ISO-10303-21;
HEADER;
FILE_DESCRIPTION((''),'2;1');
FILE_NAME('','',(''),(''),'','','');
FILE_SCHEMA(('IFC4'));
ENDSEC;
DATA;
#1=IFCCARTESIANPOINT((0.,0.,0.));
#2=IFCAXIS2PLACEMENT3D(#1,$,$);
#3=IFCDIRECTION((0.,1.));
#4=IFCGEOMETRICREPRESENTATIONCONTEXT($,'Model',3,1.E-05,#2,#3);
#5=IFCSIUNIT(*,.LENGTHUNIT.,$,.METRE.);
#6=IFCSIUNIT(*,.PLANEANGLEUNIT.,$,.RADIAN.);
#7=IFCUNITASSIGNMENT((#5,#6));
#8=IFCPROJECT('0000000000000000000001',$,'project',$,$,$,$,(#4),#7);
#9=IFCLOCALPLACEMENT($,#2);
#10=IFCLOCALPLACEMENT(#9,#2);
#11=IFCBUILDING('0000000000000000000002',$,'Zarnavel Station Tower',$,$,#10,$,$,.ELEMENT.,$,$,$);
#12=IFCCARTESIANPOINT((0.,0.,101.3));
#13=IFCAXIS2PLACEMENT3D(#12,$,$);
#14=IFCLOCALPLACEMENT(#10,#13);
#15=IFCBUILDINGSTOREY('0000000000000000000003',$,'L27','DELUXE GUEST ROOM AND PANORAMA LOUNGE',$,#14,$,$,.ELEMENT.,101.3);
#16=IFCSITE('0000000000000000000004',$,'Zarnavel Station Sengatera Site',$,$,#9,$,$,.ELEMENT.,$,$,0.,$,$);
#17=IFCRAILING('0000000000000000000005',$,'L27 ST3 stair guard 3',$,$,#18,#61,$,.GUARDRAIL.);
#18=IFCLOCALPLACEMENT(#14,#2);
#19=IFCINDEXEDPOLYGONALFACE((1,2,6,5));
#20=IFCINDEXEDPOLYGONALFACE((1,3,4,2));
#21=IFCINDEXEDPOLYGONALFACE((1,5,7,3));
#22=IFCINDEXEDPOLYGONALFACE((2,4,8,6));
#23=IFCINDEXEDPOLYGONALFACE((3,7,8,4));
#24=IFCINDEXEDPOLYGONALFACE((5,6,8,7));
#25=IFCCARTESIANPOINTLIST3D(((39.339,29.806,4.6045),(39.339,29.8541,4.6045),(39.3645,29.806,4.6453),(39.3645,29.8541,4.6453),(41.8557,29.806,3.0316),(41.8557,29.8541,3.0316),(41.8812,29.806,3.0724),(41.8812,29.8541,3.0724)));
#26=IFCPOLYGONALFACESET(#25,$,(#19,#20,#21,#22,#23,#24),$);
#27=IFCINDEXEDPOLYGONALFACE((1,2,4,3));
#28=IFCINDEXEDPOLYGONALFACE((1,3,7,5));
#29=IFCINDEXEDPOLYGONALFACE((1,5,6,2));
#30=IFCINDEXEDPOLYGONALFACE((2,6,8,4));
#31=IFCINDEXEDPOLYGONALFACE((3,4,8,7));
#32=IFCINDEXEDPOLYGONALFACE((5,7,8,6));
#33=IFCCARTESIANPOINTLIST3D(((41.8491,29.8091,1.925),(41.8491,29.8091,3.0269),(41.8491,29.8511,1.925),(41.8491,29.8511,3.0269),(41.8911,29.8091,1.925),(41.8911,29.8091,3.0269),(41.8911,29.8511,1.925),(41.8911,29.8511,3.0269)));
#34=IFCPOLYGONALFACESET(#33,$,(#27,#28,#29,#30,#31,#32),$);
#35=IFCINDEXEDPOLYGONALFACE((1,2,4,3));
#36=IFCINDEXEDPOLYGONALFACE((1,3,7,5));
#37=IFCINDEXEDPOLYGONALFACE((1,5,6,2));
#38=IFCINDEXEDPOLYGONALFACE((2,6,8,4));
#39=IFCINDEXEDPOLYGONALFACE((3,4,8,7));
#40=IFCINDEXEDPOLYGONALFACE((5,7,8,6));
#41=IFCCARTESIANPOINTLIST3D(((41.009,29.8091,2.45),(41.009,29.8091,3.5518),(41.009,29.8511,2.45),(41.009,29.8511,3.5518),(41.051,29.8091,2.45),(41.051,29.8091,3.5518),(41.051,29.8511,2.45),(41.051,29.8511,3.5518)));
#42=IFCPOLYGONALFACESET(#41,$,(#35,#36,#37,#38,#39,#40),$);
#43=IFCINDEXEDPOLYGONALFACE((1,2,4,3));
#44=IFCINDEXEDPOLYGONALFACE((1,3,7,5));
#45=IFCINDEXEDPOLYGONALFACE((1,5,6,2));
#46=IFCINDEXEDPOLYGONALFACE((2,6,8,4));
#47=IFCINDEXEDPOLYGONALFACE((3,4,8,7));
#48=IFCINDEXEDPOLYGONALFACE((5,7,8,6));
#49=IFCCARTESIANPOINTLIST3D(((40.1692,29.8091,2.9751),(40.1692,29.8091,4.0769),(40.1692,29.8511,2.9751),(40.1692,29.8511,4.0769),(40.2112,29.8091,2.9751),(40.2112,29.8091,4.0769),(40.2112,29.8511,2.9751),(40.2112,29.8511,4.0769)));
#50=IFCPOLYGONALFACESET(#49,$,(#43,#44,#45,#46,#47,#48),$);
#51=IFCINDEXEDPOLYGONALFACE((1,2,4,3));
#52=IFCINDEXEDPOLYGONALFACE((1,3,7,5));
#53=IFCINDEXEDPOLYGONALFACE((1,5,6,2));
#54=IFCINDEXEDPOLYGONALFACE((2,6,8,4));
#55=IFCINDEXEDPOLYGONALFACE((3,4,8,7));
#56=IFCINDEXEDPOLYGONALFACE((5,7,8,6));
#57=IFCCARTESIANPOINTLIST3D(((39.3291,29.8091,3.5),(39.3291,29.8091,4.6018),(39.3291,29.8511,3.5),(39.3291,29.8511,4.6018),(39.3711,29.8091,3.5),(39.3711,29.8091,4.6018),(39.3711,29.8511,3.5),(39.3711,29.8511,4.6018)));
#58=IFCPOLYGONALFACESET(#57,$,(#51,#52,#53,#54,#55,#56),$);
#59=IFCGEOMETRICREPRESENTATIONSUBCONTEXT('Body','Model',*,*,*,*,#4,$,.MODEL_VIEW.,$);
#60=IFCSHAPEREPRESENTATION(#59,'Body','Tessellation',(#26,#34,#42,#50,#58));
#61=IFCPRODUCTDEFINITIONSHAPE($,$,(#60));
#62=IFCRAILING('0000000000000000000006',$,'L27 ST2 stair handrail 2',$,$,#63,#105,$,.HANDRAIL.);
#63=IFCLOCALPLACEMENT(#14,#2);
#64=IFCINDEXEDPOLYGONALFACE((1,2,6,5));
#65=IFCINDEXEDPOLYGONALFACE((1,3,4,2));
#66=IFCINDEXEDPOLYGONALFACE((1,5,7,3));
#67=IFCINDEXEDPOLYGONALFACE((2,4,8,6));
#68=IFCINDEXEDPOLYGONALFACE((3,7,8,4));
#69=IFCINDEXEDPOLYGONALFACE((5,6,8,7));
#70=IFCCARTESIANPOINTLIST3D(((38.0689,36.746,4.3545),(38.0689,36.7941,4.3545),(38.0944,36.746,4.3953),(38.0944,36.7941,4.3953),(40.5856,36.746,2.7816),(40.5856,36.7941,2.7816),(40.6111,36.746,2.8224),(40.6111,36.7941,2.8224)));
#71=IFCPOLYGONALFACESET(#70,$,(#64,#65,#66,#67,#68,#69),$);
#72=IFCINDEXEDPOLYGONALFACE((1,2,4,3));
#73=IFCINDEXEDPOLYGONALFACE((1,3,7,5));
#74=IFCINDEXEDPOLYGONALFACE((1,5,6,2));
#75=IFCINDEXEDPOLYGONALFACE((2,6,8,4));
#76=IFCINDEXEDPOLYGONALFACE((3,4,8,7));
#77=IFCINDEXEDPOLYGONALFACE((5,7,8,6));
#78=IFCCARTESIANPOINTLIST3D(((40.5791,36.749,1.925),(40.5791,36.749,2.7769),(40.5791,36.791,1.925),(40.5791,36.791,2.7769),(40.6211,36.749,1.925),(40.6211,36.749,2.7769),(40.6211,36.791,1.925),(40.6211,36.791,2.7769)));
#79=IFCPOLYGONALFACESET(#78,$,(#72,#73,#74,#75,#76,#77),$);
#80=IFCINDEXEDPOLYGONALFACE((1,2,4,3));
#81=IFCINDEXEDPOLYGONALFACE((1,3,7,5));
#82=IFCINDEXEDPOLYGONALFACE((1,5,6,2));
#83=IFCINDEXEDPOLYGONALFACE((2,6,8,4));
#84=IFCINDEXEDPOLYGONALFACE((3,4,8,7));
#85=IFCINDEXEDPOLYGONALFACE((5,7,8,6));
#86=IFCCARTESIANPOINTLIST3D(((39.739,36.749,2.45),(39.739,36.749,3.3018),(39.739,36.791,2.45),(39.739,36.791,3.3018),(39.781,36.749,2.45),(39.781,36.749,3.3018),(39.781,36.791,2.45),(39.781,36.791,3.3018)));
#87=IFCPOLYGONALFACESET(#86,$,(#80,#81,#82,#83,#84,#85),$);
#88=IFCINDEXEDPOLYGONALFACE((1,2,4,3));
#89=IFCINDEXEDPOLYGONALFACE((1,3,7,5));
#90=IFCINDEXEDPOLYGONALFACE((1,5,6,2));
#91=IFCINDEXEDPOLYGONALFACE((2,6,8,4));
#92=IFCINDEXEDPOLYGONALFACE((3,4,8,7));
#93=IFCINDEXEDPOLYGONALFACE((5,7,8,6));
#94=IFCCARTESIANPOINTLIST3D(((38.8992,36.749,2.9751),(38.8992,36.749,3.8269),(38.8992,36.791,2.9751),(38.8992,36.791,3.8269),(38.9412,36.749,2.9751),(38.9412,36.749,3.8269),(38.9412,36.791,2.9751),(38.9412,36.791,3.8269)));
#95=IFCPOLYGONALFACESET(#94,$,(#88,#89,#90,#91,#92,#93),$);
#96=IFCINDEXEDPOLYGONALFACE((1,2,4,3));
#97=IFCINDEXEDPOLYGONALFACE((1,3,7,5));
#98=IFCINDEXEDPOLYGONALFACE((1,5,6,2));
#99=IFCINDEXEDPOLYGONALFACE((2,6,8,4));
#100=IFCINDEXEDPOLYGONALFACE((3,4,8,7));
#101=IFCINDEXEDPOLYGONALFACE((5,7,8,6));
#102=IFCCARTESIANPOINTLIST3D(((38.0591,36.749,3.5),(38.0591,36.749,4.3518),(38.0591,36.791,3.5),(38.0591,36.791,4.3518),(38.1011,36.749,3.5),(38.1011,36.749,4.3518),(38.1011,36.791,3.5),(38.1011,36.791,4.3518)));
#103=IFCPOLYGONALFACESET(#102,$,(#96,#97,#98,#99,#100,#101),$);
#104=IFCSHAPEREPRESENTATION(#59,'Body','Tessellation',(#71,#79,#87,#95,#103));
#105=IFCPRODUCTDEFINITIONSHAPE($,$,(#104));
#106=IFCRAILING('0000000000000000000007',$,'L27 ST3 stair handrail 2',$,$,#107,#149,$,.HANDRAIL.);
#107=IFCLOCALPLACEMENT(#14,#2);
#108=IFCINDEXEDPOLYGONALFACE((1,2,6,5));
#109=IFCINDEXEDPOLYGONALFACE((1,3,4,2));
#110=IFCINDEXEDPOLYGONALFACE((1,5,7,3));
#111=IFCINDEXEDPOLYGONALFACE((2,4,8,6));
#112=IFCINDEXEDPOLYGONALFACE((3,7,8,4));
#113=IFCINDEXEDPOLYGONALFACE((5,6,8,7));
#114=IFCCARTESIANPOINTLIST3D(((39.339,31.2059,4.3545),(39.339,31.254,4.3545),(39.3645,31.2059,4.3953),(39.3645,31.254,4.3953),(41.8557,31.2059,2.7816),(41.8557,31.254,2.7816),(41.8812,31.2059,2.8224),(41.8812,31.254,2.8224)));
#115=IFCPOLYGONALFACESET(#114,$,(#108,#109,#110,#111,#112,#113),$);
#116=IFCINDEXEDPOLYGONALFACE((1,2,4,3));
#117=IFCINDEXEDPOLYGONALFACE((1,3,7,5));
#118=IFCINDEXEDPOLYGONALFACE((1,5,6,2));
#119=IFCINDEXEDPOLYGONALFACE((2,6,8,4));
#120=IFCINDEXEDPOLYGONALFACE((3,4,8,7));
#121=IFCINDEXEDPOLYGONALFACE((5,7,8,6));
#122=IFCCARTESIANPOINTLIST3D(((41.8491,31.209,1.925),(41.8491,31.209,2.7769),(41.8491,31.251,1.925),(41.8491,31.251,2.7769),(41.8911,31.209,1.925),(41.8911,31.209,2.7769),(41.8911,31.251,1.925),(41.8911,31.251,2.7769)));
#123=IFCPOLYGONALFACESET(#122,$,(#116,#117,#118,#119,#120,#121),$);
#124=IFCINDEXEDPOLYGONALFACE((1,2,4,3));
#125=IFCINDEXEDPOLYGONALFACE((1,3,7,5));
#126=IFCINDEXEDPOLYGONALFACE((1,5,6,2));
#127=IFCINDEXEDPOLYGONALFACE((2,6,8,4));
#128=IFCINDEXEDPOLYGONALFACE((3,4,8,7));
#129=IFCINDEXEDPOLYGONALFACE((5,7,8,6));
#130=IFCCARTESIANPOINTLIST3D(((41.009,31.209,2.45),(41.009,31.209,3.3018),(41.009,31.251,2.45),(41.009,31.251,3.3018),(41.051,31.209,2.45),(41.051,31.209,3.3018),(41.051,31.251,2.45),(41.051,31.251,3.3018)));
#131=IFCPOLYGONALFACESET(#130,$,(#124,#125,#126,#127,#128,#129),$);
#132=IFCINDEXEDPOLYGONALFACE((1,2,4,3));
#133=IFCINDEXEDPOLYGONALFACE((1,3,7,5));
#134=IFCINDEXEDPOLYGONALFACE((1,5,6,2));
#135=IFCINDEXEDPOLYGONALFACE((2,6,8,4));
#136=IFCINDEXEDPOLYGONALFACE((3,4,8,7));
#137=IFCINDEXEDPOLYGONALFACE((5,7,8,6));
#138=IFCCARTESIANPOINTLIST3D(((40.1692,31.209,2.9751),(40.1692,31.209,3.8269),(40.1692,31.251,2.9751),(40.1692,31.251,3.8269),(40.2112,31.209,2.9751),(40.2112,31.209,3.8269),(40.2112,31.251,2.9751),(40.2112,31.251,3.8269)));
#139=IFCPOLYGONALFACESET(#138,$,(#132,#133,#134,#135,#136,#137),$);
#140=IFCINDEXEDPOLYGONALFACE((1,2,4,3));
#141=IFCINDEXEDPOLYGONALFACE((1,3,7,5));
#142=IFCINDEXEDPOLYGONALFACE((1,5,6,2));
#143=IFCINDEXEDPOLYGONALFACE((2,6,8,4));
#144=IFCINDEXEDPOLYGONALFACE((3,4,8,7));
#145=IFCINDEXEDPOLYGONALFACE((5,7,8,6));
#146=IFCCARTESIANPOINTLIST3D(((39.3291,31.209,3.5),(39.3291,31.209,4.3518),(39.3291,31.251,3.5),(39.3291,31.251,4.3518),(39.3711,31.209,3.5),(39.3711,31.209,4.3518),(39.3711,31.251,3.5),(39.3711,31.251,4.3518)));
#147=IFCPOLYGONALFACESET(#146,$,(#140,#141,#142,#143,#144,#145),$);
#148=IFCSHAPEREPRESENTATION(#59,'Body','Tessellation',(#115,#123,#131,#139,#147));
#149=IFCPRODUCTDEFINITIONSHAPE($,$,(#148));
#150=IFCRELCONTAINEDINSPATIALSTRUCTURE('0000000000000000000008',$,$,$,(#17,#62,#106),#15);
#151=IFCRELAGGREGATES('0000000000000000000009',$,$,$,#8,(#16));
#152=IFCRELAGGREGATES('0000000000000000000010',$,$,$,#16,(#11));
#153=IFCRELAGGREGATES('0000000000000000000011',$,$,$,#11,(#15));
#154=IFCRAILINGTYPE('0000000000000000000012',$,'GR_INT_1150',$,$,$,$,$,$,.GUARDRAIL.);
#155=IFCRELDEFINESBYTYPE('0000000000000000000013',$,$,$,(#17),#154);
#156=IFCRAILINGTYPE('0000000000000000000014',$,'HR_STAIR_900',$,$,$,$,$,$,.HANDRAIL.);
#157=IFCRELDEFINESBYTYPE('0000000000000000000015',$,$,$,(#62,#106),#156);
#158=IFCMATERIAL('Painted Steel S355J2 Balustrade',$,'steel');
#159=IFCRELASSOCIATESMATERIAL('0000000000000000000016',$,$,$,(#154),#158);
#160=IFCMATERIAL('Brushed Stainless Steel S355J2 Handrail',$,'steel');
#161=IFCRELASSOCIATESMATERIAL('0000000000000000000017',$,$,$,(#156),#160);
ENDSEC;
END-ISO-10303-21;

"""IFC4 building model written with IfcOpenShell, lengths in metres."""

from ifc_helpers import new_model, si_unit, direction, frame, origin, origin_2d, place, context, subcontext, project, spatial, rectangle, extrude, material, type_object, element, save


model = new_model("IFC4")

# Units and contexts
model_context = context("Model", 3, precision=1e-05, world=origin(), true_north=direction((0.0, 1.0)))
body_context = subcontext(model_context, "Body", "Model", "MODEL_VIEW")
ifc_project = project(units=[si_unit("LENGTHUNIT", "METRE"), si_unit("PLANEANGLEUNIT", "RADIAN")], contexts=[model_context])

# Site, building, storey
site_placement = place(None, origin())
site = spatial("IfcSite", under=ifc_project, at=site_placement, Name="Zarnavel Station Sengatera Site", CompositionType="ELEMENT", RefElevation=0.0)
building_placement = place(site_placement, origin())
building = spatial("IfcBuilding", under=site, at=building_placement, Name="Zarnavel Station Tower", CompositionType="ELEMENT")
storey_placement = place(building_placement, frame((0.0, 0.0, 101.3)))
storey = spatial("IfcBuildingStorey", under=building, at=storey_placement, Name="L27", Description="DELUXE GUEST ROOM AND PANORAMA LOUNGE", CompositionType="ELEMENT", Elevation=101.3)

# Railings
ifc_material_1 = material(Name="Painted Steel S355J2 Balustrade", Category="steel")
railing_type_1 = type_object("IfcRailingType", Name="GR_INT_1150", PredefinedType="GUARDRAIL", material=ifc_material_1)
railing_1_placement = place(storey_placement, frame((41.8701, 29.8301, 1.925)))
element("IfcRailing", 1, at=railing_1_placement, inside=storey, type_object=railing_type_1, Name="L27 ST3 stair guard 3", PredefinedType="GUARDRAIL", context=body_context, shape_type="SweptSolid", body=[
    extrude(rectangle(XDim=0.0481, YDim=0.0481, at=origin_2d()), frame((-0.0017, 0.0, 1.127), z_axis=(-0.848008, 0.0, 0.529984), x_axis=(0.0, -1.0, 0.0)), (0.0, 0.0, 1.0), 2.9678),
    extrude(rectangle(XDim=0.042, YDim=0.042, at=origin_2d()), origin(), (0.0, 0.0, 1.0), 1.1018),
    extrude(rectangle(XDim=0.042, YDim=0.042, at=origin_2d()), frame((-0.8401, 0.0, 0.5249)), (0.0, 0.0, 1.0), 1.1018),
    extrude(rectangle(XDim=0.042, YDim=0.042, at=origin_2d()), frame((-1.6799, 0.0, 1.05)), (0.0, 0.0, 1.0), 1.1018),
    extrude(rectangle(XDim=0.042, YDim=0.042, at=origin_2d()), frame((-2.52, 0.0, 1.575)), (0.0, 0.0, 1.0), 1.1018),
])
ifc_material_2 = material(Name="Brushed Stainless Steel S355J2 Handrail", Category="steel")
railing_type_2 = type_object("IfcRailingType", Name="HR_STAIR_900", PredefinedType="HANDRAIL", material=ifc_material_2)
for number, where, name in (
    (2, (40.6001, 36.77, 1.925), "L27 ST2 stair handrail 2"),
    (3, (41.8701, 31.23, 1.925), "L27 ST3 stair handrail 2"),
):
    element("IfcRailing", number, at=place(storey_placement, frame(where)), inside=storey, type_object=railing_type_2, Name=name, PredefinedType="HANDRAIL", context=body_context, shape_type="SweptSolid", body=[
        extrude(rectangle(XDim=0.0481, YDim=0.0481, at=origin_2d()), frame((-0.0017, 0.0, 0.877), z_axis=(-0.848008, 0.0, 0.529984), x_axis=(0.0, -1.0, 0.0)), (0.0, 0.0, 1.0), 2.9678),
        extrude(rectangle(XDim=0.042, YDim=0.042, at=origin_2d()), origin(), (0.0, 0.0, 1.0), 0.8518),
        extrude(rectangle(XDim=0.042, YDim=0.042, at=origin_2d()), frame((-0.8401, 0.0, 0.5249)), (0.0, 0.0, 1.0), 0.8518),
        extrude(rectangle(XDim=0.042, YDim=0.042, at=origin_2d()), frame((-1.6799, 0.0, 1.05)), (0.0, 0.0, 1.0), 0.8518),
        extrude(rectangle(XDim=0.042, YDim=0.042, at=origin_2d()), frame((-2.52, 0.0, 1.575)), (0.0, 0.0, 1.0), 0.8518),
    ])

save(model, "model.ifc")
